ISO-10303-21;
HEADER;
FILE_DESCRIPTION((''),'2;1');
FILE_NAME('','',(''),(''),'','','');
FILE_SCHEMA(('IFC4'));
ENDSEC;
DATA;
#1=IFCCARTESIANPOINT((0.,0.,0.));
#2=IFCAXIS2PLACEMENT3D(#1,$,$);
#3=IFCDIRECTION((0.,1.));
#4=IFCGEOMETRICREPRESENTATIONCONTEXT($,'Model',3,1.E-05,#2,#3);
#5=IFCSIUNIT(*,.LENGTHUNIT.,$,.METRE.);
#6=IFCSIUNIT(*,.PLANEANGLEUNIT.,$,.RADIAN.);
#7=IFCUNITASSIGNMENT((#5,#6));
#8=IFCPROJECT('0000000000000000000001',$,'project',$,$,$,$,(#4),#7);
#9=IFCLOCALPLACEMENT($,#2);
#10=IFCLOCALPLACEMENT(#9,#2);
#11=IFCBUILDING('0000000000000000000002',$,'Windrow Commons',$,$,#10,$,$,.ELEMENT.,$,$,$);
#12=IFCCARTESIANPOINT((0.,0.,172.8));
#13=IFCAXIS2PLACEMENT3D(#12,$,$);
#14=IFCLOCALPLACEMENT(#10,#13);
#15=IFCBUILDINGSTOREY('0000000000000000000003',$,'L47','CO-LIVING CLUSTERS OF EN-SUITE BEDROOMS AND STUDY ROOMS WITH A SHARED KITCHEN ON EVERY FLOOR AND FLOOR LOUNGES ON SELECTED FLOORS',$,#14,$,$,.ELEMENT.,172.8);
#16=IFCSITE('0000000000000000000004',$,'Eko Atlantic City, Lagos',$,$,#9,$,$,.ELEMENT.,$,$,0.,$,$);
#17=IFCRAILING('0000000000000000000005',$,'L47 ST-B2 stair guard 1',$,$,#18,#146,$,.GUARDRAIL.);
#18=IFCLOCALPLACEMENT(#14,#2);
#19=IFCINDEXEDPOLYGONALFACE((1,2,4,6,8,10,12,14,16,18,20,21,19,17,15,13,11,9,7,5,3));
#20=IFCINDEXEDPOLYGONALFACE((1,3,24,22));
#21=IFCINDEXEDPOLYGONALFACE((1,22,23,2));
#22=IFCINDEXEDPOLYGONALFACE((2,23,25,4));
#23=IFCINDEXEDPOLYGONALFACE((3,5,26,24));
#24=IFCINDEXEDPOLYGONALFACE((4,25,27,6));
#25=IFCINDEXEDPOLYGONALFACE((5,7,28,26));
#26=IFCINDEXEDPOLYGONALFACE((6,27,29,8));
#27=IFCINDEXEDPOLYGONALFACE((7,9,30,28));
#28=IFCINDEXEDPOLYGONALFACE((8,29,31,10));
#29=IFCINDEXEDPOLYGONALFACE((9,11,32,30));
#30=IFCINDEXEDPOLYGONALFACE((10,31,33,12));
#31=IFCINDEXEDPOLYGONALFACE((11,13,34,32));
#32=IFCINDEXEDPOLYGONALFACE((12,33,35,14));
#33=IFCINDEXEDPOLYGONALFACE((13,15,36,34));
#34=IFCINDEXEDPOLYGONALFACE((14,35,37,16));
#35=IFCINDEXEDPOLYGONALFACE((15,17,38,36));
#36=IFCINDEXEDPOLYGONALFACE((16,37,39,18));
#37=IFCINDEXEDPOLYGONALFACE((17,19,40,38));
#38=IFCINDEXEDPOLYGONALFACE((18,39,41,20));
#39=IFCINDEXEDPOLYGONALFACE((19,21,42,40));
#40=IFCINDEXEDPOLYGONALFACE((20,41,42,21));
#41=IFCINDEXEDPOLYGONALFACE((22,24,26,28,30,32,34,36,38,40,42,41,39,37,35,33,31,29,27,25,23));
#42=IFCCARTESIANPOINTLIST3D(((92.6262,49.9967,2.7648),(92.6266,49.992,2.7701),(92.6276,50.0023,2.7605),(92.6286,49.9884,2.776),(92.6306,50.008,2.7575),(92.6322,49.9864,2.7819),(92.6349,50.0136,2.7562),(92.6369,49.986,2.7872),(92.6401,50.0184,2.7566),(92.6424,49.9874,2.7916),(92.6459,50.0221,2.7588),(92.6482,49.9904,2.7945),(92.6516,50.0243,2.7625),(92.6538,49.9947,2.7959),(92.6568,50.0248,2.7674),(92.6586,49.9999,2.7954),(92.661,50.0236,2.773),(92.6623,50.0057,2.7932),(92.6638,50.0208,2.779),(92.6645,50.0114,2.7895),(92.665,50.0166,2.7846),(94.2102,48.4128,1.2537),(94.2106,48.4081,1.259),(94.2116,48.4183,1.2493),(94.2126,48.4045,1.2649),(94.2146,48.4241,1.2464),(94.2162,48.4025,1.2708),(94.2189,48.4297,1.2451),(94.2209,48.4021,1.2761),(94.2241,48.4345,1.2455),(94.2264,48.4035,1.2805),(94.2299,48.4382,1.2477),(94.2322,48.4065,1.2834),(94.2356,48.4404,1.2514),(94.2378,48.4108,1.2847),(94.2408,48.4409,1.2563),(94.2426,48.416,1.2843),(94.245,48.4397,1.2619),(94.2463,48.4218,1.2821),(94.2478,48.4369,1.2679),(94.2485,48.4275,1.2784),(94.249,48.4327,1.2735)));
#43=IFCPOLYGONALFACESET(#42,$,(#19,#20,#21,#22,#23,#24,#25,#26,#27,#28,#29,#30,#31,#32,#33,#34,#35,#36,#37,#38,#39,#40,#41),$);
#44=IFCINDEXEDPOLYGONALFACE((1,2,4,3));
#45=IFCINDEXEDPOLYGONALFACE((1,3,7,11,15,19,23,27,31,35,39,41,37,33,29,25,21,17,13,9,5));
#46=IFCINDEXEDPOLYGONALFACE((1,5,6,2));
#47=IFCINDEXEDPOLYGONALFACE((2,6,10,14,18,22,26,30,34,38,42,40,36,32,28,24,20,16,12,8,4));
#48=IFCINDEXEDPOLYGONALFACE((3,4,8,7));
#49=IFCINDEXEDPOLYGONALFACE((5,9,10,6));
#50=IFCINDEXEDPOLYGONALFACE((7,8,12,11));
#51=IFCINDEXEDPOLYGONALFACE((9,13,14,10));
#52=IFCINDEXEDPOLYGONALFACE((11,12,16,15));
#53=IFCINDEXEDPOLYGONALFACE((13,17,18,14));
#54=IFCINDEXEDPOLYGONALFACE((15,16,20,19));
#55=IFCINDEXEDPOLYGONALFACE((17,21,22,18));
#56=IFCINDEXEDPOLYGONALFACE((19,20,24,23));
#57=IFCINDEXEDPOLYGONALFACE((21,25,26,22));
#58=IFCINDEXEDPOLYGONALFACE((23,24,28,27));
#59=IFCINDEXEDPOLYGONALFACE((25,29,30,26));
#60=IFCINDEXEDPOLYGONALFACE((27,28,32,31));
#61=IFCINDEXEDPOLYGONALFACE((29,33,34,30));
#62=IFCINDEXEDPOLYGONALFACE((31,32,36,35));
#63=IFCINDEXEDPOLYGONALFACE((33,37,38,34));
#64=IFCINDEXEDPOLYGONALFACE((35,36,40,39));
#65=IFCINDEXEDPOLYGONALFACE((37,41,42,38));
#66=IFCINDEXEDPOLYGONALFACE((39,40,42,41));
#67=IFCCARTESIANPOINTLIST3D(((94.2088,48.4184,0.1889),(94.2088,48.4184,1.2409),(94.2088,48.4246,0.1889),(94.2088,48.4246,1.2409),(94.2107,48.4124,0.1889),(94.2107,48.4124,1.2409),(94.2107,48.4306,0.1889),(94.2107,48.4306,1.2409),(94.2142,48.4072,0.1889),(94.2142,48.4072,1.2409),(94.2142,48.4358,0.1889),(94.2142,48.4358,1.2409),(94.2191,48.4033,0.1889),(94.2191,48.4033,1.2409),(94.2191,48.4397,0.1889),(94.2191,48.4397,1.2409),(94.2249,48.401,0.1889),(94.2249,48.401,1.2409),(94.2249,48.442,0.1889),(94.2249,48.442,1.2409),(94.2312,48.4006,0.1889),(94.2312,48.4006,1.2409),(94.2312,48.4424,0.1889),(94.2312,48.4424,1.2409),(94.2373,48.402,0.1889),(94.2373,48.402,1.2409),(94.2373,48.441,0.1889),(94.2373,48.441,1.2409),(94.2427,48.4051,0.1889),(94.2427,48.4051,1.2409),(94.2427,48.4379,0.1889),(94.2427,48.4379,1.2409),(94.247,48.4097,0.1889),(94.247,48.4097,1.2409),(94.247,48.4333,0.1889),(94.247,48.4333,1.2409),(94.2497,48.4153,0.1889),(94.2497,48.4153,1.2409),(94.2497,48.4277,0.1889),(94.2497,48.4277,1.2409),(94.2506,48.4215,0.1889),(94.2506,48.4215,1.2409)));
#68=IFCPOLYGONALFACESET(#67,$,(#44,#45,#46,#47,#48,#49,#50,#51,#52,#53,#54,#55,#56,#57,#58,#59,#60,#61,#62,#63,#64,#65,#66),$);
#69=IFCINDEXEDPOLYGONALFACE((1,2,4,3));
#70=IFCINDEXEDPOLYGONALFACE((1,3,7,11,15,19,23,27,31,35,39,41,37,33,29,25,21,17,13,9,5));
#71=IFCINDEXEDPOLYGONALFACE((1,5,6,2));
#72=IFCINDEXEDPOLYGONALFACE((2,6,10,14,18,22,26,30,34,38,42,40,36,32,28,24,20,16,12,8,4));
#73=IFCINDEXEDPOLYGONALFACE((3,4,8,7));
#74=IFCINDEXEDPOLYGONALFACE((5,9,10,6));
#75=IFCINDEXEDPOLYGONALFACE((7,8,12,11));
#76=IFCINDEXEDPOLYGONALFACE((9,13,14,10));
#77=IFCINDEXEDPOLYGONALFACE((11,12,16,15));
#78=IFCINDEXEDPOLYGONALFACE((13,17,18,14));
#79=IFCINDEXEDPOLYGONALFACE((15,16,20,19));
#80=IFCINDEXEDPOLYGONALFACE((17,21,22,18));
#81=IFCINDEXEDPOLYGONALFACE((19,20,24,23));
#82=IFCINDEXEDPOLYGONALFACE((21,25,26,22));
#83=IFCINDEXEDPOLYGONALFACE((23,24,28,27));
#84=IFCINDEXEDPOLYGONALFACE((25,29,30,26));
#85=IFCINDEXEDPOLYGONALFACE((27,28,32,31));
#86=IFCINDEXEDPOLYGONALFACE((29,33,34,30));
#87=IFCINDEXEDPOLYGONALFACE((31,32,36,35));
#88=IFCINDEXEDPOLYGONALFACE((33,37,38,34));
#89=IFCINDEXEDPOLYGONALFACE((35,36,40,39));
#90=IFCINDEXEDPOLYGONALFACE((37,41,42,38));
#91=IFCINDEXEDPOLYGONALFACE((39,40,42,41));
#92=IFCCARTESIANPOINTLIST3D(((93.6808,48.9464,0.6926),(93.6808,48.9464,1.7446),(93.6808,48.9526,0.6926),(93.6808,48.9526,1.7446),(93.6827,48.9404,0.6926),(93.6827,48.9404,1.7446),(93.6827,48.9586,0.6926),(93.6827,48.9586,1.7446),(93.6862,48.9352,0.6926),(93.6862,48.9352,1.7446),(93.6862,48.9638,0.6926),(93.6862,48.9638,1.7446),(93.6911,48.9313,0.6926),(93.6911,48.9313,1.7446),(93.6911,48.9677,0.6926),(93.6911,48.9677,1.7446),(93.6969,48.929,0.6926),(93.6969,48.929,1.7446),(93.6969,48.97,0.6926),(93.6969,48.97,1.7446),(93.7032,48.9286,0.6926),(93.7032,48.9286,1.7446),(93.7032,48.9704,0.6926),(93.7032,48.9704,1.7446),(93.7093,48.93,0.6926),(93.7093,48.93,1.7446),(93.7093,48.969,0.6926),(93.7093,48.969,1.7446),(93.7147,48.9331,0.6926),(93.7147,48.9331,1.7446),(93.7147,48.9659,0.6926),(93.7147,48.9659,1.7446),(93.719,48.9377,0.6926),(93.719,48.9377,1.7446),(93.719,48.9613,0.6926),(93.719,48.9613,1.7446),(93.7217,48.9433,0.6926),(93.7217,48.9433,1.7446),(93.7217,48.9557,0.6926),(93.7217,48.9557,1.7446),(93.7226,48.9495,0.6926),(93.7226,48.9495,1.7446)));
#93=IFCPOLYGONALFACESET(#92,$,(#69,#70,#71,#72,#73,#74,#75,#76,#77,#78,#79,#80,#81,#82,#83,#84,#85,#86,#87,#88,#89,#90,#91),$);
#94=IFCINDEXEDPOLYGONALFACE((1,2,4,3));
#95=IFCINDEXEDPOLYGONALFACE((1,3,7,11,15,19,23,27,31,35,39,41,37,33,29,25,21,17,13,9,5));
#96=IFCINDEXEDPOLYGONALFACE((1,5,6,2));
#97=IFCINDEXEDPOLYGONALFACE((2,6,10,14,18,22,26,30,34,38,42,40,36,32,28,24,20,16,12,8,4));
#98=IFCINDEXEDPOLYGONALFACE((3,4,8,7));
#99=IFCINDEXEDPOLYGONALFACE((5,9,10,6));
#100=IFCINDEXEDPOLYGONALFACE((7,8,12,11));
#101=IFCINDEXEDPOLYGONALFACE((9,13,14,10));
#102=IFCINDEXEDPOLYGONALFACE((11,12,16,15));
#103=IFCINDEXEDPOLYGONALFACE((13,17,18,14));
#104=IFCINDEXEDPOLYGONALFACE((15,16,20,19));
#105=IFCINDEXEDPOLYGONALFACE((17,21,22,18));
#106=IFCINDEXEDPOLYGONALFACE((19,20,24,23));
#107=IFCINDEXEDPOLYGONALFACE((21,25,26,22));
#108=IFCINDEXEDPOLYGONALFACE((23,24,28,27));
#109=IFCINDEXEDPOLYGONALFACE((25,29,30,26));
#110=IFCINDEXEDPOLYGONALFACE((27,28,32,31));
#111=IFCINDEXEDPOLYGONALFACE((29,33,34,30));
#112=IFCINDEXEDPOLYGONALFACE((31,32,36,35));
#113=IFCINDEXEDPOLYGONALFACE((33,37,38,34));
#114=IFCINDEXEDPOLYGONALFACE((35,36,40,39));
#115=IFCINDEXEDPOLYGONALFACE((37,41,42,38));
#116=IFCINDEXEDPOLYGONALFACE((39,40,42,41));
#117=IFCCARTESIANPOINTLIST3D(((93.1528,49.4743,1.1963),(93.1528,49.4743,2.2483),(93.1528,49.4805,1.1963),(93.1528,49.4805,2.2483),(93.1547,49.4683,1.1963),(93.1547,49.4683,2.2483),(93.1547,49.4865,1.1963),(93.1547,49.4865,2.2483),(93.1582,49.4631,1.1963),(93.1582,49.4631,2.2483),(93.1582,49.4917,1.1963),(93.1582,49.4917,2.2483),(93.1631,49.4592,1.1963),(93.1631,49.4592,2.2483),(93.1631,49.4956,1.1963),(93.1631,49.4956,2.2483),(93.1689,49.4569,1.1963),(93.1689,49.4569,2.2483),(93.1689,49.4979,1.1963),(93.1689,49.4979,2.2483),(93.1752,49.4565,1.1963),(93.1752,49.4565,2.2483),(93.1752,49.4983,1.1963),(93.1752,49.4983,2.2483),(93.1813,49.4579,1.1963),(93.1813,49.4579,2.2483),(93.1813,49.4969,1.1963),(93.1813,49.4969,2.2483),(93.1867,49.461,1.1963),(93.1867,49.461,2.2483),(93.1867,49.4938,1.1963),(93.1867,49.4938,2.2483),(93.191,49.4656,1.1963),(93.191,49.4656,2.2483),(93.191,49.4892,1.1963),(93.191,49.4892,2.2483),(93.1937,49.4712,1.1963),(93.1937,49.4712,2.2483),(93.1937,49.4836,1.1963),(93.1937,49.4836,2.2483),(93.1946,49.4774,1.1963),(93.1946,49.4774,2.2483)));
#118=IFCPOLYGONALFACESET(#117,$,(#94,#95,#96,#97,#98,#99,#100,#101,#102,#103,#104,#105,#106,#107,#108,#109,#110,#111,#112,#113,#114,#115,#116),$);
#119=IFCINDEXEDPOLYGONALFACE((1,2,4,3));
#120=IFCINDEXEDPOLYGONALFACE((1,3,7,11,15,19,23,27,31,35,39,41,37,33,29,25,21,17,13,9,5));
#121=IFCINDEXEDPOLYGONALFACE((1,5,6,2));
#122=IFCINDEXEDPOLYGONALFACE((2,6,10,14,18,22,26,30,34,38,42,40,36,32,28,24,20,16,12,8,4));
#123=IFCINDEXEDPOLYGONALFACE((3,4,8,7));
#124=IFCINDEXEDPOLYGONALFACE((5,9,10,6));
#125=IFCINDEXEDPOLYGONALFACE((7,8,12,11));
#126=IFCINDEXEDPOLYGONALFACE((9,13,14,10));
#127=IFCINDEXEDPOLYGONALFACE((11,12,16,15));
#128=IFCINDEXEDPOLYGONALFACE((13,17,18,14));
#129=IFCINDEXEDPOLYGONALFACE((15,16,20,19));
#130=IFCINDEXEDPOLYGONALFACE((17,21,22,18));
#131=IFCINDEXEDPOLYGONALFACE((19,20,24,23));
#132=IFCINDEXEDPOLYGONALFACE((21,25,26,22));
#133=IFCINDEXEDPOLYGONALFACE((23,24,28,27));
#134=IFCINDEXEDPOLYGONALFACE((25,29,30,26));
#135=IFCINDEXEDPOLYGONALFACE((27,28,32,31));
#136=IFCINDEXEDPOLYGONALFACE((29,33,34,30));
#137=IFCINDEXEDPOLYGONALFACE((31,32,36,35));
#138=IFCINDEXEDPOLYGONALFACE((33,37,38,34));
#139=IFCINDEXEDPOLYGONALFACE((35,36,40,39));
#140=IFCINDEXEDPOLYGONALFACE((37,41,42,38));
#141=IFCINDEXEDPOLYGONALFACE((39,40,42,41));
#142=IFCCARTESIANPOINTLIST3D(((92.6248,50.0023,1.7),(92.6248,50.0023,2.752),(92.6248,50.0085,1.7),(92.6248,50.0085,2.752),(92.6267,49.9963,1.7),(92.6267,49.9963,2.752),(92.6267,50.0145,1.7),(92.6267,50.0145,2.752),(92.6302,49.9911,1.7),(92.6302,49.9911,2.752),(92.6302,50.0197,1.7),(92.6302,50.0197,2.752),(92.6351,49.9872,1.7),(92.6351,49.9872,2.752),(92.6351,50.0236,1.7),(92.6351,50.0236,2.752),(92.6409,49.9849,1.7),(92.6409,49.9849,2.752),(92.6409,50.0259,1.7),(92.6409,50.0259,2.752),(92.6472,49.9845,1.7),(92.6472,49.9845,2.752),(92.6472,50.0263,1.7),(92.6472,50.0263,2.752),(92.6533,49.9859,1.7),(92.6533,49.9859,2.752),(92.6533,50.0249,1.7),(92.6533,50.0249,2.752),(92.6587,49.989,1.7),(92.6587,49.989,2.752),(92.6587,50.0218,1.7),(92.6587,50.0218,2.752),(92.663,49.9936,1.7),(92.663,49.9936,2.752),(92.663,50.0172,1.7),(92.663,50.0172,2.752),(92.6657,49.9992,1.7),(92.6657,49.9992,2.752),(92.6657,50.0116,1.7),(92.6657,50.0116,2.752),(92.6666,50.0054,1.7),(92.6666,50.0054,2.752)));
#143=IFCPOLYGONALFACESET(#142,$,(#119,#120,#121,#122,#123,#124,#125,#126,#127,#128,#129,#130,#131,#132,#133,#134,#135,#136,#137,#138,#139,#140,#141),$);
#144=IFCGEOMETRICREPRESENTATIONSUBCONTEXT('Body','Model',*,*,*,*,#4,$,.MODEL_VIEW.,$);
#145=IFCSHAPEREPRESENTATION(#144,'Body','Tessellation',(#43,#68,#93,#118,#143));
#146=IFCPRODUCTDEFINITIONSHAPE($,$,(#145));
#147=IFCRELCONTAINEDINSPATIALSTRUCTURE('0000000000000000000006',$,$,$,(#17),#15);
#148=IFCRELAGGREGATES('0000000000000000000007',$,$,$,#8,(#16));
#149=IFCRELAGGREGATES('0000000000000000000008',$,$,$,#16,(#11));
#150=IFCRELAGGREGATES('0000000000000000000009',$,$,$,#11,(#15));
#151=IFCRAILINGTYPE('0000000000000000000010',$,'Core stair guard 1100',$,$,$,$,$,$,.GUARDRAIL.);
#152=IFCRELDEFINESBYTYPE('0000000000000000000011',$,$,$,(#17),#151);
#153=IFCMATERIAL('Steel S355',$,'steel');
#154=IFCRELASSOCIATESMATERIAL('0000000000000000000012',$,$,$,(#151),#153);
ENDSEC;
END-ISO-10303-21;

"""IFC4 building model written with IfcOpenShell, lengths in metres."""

from ifc_helpers import new_model, si_unit, direction, frame, origin, origin_2d, place, context, subcontext, project, spatial, circle, extrude, material, type_object, element, save


model = new_model("IFC4")

# Units and contexts
model_context = context("Model", 3, precision=1e-05, world=origin(), true_north=direction((0.0, 1.0)))
body_context = subcontext(model_context, "Body", "Model", "MODEL_VIEW")
ifc_project = project(units=[si_unit("LENGTHUNIT", "METRE"), si_unit("PLANEANGLEUNIT", "RADIAN")], contexts=[model_context])

# Site, building, storey
site_placement = place(None, origin())
site = spatial("IfcSite", under=ifc_project, at=site_placement, Name="Eko Atlantic City, Lagos", CompositionType="ELEMENT", RefElevation=0.0)
building_placement = place(site_placement, origin())
building = spatial("IfcBuilding", under=site, at=building_placement, Name="Windrow Commons", CompositionType="ELEMENT")
storey_placement = place(building_placement, frame((0.0, 0.0, 172.8)))
storey = spatial("IfcBuildingStorey", under=building, at=storey_placement, Name="L47", Description="CO-LIVING CLUSTERS OF EN-SUITE BEDROOMS AND STUDY ROOMS WITH A SHARED KITCHEN ON EVERY FLOOR AND FLOOR LOUNGES ON SELECTED FLOORS", CompositionType="ELEMENT", Elevation=172.8)

# Railing
ifc_material_1 = material(Name="Steel S355", Category="steel")
railing_type_1 = type_object("IfcRailingType", Name="Core stair guard 1100", PredefinedType="GUARDRAIL", material=ifc_material_1)
railing_1_placement = place(storey_placement, frame((94.2296, 48.4215, 0.1889)))
element("IfcRailing", 1, at=railing_1_placement, inside=storey, type_object=railing_type_1, Name="L47 ST-B2 stair guard 1", PredefinedType="GUARDRAIL", context=body_context, shape_type="SweptSolid", body=[
    extrude(circle(Radius=0.024, at=origin_2d()), frame((0.0, 0.0, 1.076), z_axis=(-0.586216, 0.586179, 0.559237), x_axis=(-0.707084, -0.707129, 0.0)), (0.0, 0.0, 1.0), 2.7021),
    extrude(circle(Radius=0.021, at=origin_2d()), origin(), (0.0, 0.0, 1.0), 1.052),
    extrude(circle(Radius=0.021, at=origin_2d()), frame((-0.528, 0.528, 0.5037)), (0.0, 0.0, 1.0), 1.052),
    extrude(circle(Radius=0.021, at=origin_2d()), frame((-1.056, 1.0559, 1.0074)), (0.0, 0.0, 1.0), 1.052),
    extrude(circle(Radius=0.021, at=origin_2d()), frame((-1.584, 1.5839, 1.5111)), (0.0, 0.0, 1.0), 1.052),
])

save(model, "model.ifc")
